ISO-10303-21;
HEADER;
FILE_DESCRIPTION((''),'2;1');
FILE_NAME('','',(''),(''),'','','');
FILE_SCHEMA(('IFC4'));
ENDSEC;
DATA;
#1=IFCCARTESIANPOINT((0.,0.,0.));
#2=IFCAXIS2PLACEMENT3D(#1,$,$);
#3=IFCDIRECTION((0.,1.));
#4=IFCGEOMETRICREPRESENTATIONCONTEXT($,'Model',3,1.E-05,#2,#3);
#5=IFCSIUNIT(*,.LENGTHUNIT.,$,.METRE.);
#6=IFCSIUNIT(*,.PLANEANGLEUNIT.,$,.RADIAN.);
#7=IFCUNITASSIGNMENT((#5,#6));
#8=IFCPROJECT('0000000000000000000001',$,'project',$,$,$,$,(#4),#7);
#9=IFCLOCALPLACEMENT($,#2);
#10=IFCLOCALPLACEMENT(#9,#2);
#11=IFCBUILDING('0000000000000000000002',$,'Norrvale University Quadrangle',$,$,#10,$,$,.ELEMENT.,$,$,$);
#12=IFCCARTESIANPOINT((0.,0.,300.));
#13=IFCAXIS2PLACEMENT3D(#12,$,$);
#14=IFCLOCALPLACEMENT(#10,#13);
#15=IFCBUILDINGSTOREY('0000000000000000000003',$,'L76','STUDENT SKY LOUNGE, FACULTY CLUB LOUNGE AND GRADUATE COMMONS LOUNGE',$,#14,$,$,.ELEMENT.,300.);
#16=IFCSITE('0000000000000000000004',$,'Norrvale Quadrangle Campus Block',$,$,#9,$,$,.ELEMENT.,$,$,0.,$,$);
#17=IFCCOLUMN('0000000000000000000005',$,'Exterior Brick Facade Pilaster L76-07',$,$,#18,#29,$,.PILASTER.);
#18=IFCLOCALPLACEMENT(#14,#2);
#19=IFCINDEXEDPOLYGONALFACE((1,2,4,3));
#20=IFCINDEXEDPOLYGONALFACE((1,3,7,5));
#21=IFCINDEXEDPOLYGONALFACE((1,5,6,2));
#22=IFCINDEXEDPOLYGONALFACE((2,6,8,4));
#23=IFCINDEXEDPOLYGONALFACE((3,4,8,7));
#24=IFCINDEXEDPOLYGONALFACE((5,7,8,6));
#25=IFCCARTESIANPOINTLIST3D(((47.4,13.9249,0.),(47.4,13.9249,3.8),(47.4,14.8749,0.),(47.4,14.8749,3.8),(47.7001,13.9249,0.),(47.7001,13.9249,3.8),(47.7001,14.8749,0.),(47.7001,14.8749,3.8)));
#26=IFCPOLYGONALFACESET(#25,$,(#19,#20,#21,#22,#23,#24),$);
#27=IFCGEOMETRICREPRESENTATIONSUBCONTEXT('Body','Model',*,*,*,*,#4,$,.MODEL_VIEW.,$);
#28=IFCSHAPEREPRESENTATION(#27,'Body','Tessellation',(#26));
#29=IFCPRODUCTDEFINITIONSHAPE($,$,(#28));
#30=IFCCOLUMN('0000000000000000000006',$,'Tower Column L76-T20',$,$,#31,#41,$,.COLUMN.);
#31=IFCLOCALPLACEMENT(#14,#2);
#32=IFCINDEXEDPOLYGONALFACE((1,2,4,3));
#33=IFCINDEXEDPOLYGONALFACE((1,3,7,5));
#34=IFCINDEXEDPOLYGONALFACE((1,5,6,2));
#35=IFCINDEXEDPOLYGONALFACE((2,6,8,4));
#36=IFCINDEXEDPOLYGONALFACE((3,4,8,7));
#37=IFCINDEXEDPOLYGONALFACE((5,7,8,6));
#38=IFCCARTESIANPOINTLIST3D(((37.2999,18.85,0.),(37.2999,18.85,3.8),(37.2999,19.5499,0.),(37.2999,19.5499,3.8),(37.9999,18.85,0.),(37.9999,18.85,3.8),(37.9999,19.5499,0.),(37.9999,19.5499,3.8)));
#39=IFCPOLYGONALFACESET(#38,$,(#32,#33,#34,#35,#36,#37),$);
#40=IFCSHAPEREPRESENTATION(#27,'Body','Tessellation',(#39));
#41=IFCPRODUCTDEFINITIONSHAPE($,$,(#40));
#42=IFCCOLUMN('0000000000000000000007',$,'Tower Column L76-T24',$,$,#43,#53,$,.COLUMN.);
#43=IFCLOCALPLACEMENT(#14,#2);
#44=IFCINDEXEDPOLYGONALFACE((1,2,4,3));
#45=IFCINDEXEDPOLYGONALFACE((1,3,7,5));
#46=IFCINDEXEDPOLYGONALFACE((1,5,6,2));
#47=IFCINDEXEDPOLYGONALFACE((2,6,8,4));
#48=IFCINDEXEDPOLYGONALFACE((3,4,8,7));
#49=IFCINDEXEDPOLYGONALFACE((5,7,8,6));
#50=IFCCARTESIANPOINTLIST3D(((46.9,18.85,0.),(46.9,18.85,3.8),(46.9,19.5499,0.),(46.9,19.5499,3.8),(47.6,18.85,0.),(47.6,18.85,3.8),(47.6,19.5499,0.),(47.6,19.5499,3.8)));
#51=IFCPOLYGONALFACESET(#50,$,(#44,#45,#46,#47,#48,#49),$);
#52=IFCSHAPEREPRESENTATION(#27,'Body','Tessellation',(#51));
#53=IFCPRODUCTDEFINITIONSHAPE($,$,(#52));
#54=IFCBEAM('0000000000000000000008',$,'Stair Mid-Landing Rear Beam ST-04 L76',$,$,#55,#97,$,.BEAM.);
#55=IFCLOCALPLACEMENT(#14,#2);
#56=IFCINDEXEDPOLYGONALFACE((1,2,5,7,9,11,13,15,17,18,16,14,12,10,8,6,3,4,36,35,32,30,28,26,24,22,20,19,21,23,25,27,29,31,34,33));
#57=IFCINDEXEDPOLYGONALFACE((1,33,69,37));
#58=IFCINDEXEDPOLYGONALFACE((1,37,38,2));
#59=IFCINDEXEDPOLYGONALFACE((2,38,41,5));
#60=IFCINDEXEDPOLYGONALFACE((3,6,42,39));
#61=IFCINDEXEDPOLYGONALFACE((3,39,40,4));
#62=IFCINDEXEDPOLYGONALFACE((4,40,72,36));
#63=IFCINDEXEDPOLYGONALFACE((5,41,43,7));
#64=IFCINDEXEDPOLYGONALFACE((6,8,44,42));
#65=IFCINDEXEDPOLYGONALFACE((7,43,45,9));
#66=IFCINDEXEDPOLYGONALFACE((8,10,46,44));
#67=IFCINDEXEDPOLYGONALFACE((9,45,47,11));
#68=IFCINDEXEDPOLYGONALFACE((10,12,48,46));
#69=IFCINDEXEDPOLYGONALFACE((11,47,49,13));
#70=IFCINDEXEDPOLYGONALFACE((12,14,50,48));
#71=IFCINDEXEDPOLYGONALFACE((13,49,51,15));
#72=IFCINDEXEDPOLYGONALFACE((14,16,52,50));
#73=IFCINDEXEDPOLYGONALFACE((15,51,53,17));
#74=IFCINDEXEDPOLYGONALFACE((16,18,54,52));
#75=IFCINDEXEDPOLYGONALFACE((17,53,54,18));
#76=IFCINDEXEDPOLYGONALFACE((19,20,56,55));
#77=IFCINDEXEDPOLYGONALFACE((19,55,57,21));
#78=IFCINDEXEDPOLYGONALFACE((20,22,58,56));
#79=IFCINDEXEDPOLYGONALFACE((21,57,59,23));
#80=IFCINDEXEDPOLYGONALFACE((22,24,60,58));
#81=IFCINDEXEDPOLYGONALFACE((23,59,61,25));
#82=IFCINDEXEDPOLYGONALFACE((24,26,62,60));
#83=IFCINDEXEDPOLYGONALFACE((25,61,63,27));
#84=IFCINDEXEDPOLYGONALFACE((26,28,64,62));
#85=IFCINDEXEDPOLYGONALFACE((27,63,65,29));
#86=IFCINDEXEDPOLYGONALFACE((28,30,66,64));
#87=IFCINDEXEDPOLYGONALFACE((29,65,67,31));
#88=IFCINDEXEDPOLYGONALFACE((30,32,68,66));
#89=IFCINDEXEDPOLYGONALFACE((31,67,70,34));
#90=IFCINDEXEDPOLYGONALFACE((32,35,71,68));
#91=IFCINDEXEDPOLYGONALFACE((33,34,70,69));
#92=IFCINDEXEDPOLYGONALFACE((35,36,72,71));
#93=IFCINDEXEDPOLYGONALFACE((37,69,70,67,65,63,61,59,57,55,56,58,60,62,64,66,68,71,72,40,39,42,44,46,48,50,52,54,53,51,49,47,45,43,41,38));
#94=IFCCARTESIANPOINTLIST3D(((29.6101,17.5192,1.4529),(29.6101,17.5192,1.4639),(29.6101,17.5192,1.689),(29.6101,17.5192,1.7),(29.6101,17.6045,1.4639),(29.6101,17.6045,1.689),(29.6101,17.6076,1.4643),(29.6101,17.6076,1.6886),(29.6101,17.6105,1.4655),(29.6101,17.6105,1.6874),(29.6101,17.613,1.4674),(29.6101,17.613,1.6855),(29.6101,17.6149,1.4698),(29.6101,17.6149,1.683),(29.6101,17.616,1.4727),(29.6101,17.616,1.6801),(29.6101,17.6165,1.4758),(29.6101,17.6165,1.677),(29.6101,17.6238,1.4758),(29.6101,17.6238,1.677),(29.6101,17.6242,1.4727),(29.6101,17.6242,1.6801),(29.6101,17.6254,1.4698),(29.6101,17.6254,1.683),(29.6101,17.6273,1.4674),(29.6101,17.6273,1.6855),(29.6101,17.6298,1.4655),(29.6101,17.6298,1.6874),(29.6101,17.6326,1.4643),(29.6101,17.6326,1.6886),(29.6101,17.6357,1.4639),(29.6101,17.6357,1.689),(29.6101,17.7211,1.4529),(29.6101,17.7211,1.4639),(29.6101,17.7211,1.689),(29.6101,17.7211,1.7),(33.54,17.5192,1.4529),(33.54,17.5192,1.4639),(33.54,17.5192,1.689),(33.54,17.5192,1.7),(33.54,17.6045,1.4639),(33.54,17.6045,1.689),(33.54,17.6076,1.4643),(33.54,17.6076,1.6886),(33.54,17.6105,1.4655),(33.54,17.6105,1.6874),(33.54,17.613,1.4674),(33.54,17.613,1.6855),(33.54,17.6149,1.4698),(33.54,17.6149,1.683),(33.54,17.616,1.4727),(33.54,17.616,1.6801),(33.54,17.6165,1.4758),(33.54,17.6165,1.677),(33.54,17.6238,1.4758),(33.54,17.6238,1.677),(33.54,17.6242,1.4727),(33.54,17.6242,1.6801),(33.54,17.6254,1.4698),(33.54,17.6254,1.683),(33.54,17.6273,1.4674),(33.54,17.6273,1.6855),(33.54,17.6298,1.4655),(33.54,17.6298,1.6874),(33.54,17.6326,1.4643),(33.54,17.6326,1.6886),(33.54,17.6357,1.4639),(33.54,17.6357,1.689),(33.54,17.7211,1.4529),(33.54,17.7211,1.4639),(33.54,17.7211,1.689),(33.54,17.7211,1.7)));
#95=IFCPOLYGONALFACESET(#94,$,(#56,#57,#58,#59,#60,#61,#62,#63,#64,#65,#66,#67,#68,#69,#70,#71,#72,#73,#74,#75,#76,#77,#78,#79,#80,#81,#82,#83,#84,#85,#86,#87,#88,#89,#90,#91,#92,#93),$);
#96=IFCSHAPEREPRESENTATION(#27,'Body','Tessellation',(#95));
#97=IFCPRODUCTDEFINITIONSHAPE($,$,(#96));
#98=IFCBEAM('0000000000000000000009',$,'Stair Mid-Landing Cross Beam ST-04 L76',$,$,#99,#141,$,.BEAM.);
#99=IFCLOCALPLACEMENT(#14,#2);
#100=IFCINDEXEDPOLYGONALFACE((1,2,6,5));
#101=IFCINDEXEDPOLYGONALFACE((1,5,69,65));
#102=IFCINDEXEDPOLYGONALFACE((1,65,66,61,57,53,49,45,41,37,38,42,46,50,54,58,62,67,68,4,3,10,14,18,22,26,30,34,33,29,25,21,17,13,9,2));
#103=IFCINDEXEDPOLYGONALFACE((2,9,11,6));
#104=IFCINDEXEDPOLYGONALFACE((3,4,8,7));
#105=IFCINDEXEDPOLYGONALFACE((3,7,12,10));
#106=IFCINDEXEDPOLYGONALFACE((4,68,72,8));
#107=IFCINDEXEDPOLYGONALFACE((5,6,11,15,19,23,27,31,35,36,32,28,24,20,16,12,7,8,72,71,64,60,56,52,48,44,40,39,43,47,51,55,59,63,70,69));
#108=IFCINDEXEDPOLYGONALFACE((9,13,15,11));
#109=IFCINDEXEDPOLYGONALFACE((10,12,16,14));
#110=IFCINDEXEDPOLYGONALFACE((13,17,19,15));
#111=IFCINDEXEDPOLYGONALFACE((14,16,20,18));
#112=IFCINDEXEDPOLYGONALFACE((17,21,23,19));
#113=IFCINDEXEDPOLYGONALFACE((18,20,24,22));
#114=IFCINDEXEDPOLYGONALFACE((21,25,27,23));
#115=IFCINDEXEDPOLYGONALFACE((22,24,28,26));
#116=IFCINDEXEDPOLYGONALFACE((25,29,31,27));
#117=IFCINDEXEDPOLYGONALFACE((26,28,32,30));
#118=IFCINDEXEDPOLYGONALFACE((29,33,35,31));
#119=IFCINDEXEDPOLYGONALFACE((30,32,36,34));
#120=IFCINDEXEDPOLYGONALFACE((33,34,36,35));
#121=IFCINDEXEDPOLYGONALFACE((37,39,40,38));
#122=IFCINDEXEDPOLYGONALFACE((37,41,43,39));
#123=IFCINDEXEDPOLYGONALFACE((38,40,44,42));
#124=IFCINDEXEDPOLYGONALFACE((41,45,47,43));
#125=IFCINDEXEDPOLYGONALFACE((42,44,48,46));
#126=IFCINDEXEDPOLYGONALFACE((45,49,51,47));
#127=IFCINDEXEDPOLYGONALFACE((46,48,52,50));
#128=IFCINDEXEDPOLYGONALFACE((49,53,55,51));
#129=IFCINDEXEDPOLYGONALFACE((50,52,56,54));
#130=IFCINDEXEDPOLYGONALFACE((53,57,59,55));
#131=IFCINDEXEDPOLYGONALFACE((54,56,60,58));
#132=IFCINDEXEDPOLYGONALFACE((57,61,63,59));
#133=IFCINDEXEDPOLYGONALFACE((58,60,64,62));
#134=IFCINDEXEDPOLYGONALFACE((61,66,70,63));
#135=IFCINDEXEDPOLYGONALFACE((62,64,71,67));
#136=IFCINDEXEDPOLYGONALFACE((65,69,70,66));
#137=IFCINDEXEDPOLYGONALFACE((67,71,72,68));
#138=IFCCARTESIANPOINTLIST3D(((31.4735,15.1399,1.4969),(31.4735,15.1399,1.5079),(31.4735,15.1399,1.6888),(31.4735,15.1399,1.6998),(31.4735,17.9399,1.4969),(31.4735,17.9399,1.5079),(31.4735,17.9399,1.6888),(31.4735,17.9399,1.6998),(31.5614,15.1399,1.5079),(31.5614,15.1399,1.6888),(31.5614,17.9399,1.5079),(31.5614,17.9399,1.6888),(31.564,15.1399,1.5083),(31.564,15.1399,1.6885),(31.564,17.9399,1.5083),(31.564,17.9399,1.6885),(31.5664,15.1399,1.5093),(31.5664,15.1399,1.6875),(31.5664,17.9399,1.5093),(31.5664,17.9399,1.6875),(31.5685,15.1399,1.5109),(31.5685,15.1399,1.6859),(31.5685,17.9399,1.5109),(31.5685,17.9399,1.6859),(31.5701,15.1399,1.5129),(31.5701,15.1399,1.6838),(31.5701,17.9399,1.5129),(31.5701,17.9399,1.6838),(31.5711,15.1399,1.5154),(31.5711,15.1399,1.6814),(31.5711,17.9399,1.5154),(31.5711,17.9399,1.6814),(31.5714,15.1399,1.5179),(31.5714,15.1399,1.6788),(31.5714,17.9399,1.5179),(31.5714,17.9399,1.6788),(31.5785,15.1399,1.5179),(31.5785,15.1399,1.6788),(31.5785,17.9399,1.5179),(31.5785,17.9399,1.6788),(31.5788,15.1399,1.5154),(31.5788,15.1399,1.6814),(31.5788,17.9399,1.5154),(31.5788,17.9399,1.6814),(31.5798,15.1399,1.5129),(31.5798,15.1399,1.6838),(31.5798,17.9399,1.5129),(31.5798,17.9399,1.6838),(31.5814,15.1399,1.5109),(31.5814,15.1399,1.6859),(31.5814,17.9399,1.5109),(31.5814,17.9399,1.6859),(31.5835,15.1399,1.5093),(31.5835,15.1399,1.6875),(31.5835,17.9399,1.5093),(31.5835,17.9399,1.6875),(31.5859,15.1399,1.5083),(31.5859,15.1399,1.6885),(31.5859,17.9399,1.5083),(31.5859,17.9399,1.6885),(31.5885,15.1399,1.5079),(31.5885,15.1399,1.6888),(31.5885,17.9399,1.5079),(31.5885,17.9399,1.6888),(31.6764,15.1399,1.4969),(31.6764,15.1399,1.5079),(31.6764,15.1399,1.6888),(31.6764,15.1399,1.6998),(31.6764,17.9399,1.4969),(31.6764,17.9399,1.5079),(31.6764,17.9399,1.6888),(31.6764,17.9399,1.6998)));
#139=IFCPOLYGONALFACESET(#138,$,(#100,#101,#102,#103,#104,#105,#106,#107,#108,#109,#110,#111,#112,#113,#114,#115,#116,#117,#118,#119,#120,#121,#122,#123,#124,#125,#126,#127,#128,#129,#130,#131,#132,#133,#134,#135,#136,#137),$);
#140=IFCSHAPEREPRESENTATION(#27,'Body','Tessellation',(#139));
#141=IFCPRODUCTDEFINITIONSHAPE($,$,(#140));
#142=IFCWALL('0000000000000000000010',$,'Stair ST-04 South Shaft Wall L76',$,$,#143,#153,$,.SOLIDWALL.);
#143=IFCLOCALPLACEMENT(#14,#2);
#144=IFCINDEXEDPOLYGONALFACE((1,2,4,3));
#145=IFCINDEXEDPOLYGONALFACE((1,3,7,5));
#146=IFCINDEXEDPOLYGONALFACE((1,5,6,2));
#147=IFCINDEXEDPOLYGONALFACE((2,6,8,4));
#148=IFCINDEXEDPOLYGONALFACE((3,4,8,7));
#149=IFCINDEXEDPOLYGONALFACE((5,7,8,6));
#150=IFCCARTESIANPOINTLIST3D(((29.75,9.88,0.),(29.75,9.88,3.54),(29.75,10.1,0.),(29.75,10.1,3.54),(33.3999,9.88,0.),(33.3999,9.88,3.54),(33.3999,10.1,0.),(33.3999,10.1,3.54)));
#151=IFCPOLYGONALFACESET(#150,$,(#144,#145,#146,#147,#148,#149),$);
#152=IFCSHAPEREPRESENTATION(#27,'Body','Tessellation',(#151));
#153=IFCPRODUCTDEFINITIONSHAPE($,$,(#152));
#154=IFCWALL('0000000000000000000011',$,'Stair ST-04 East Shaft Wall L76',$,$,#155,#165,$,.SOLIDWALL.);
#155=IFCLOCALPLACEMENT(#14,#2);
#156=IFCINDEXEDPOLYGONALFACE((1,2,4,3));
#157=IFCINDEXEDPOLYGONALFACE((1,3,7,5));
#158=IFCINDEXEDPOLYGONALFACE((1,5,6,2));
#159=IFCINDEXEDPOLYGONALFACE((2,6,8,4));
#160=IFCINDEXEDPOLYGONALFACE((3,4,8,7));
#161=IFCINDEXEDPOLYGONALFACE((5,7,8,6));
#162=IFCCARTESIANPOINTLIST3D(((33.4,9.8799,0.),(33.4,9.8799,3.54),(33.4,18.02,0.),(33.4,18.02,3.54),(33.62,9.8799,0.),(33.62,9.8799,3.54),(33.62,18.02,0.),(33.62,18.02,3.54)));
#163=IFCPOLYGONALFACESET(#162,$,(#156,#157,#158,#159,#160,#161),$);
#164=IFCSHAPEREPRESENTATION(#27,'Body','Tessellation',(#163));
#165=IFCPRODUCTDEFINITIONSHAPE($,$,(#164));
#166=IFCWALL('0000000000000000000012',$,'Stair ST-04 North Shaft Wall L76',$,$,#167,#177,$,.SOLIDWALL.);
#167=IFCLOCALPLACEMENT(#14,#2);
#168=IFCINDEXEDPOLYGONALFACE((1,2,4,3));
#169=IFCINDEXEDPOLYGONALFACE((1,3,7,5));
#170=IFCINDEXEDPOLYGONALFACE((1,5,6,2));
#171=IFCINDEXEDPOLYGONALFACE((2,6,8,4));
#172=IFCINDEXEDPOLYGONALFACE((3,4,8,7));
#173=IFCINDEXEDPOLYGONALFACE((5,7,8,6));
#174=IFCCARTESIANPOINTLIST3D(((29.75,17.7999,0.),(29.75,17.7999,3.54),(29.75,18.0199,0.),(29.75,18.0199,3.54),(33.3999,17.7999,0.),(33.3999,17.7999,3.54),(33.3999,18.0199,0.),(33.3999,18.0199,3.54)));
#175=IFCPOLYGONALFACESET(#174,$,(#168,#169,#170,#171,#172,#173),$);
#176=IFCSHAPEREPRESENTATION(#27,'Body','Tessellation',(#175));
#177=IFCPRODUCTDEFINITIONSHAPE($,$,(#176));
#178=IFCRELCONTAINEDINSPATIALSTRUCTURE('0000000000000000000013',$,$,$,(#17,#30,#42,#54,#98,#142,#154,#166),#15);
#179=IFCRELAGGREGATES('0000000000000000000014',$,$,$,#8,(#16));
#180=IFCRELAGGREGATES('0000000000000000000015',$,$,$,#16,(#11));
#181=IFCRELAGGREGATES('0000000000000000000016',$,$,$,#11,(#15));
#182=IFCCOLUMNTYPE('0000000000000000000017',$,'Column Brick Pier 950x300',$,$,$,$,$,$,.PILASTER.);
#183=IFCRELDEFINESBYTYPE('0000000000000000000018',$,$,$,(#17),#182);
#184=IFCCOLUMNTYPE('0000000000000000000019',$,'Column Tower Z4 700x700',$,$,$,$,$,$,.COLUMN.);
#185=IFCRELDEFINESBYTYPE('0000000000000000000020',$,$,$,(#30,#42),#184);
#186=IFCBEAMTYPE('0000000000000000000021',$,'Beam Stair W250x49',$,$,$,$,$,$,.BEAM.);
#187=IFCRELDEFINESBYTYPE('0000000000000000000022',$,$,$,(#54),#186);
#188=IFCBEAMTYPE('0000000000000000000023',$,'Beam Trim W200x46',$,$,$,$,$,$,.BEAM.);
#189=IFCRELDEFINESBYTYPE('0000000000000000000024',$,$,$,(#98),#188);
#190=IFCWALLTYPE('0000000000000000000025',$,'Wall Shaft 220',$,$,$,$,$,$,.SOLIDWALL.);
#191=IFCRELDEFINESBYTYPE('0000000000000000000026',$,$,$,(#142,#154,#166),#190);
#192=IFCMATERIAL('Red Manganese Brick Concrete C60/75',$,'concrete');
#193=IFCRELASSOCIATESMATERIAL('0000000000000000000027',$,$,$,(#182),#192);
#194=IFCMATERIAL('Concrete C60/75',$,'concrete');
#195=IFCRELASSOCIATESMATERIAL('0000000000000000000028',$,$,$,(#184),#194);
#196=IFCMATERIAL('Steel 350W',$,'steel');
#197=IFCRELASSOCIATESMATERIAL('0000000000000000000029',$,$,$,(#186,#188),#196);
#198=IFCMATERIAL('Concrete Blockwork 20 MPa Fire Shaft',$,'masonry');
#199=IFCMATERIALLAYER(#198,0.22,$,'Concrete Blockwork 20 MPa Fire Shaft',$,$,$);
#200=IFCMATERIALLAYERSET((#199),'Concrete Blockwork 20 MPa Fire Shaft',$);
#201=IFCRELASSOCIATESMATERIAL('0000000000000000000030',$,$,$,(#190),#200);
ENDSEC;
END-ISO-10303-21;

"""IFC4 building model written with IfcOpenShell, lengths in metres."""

from ifc_helpers import new_model, si_unit, direction, frame, frame_2d, origin, origin_2d, place, context, subcontext, project, spatial, rectangle, i_section, extrude, material, layer, layer_set, material_profile, profile_set, type_object, element, save


model = new_model("IFC4")

# Units and contexts
model_context = context("Model", 3, precision=1e-05, world=origin(), true_north=direction((0.0, 1.0)))
body_context = subcontext(model_context, "Body", "Model", "MODEL_VIEW")
ifc_project = project(units=[si_unit("LENGTHUNIT", "METRE"), si_unit("PLANEANGLEUNIT", "RADIAN")], contexts=[model_context])

# Site, building, storey
site_placement = place(None, origin())
site = spatial("IfcSite", under=ifc_project, at=site_placement, Name="Norrvale Quadrangle Campus Block", CompositionType="ELEMENT", RefElevation=0.0)
building_placement = place(site_placement, origin())
building = spatial("IfcBuilding", under=site, at=building_placement, Name="Norrvale University Quadrangle", CompositionType="ELEMENT")
storey_placement = place(building_placement, frame((0.0, 0.0, 300.0)))
storey = spatial("IfcBuildingStorey", under=building, at=storey_placement, Name="L76", Description="STUDENT SKY LOUNGE, FACULTY CLUB LOUNGE AND GRADUATE COMMONS LOUNGE", CompositionType="ELEMENT", Elevation=300.0)

# Columns
ifc_material_1 = material(Name="Red Manganese Brick Concrete C60/75", Category="concrete")
ifc_material_profile_1 = material_profile(ifc_material_1, rectangle(XDim=0.95, YDim=0.3, at=origin_2d()), Name="Red Manganese Brick Concrete C60/75")
ifc_profile_set_1 = profile_set([ifc_material_profile_1], Name="Red Manganese Brick Concrete C60/75")
column_type_1 = type_object("IfcColumnType", Name="Column Brick Pier 950x300", PredefinedType="PILASTER", material=ifc_profile_set_1)
column_placement = place(storey_placement, frame((47.55, 14.3999, 0.0), z_axis=(0.0, 0.0, 1.0), x_axis=(0.0, 1.0, 0.0)))
element("IfcColumn", 1, at=column_placement, inside=storey, type_object=column_type_1, Name="Exterior Brick Facade Pilaster L76-07", PredefinedType="PILASTER", context=body_context, shape_type="SweptSolid", body=[
    extrude(rectangle(XDim=0.95, YDim=0.3, at=origin_2d()), origin(), (0.0, 0.0, 1.0), 3.8),
])
ifc_material_2 = material(Name="Concrete C60/75", Category="concrete")
ifc_material_profile_2 = material_profile(ifc_material_2, rectangle(XDim=0.7, YDim=0.7, at=origin_2d()), Name="Concrete C60/75")
ifc_profile_set_2 = profile_set([ifc_material_profile_2], Name="Concrete C60/75")
column_type_2 = type_object("IfcColumnType", Name="Column Tower Z4 700x700", PredefinedType="COLUMN", material=ifc_profile_set_2)
for number, where, z_axis, x_axis, name in (
    (2, (37.6499, 19.2, 0.0), (0.0, 0.0, 1.0), (1.0, 0.0, 0.0), "Tower Column L76-T20"),
    (3, (47.25, 19.2, 0.0), (0.0, 0.0, 1.0), (1.0, 0.0, 0.0), "Tower Column L76-T24"),
):
    element("IfcColumn", number, at=place(storey_placement, frame(where, z_axis=z_axis, x_axis=x_axis)), inside=storey, type_object=column_type_2, Name=name, PredefinedType="COLUMN", context=body_context, shape_type="SweptSolid", body=[
        extrude(rectangle(XDim=0.7, YDim=0.7, at=origin_2d()), origin(), (0.0, 0.0, 1.0), 3.8),
    ])

# Beams
ifc_material_3 = material(Name="Steel 350W", Category="steel")
ifc_material_profile_3 = material_profile(ifc_material_3, i_section(OverallWidth=0.2019, OverallDepth=0.2471, WebThickness=0.0073, FlangeThickness=0.011, FilletRadius=0.012, at=origin_2d()), Name="Steel 350W")
ifc_profile_set_3 = profile_set([ifc_material_profile_3], Name="Steel 350W")
beam_type_1 = type_object("IfcBeamType", Name="Beam Stair W250x49", PredefinedType="BEAM", material=ifc_profile_set_3)
beam_1_placement = place(storey_placement, frame((29.6101, 17.6201, 1.5764), z_axis=(1.0, 0.0, 0.0), x_axis=(0.0, 1.0, 0.0)))
element("IfcBeam", 4, at=beam_1_placement, inside=storey, type_object=beam_type_1, Name="Stair Mid-Landing Rear Beam ST-04 L76", PredefinedType="BEAM", context=body_context, shape_type="SweptSolid", body=[
    extrude(i_section(OverallWidth=0.2019, OverallDepth=0.2471, WebThickness=0.0073, FlangeThickness=0.011, FilletRadius=0.012, at=origin_2d()), origin(), (0.0, 0.0, 1.0), 3.9299),
])
ifc_material_profile_4 = material_profile(ifc_material_3, i_section(OverallWidth=0.2029, OverallDepth=0.2029, WebThickness=0.0071, FlangeThickness=0.011, FilletRadius=0.01, at=origin_2d()), Name="Steel 350W")
ifc_profile_set_4 = profile_set([ifc_material_profile_4], Name="Steel 350W")
beam_type_2 = type_object("IfcBeamType", Name="Beam Trim W200x46", PredefinedType="BEAM", material=ifc_profile_set_4)
beam_2_placement = place(storey_placement, frame((31.575, 15.1399, 1.5984), z_axis=(0.0, 1.0, 0.0), x_axis=(-1.0, 0.0, 0.0)))
element("IfcBeam", 5, at=beam_2_placement, inside=storey, type_object=beam_type_2, Name="Stair Mid-Landing Cross Beam ST-04 L76", PredefinedType="BEAM", context=body_context, shape_type="SweptSolid", body=[
    extrude(i_section(OverallWidth=0.2029, OverallDepth=0.2029, WebThickness=0.0071, FlangeThickness=0.011, FilletRadius=0.01, at=origin_2d()), origin(), (0.0, 0.0, 1.0), 2.8),
])

# Walls
ifc_material_4 = material(Name="Concrete Blockwork 20 MPa Fire Shaft", Category="masonry")
ifc_layer = layer(ifc_material_4, 0.22, Name="Concrete Blockwork 20 MPa Fire Shaft")
ifc_layer_set = layer_set([ifc_layer], Name="Concrete Blockwork 20 MPa Fire Shaft")
wall_type = type_object("IfcWallType", Name="Wall Shaft 220", PredefinedType="SOLIDWALL", material=ifc_layer_set)
wall_1_placement = place(storey_placement, frame((29.75, 9.99, 0.0), z_axis=(0.0, 0.0, 1.0), x_axis=(1.0, 0.0, 0.0)))
element("IfcWall", 6, at=wall_1_placement, inside=storey, type_object=wall_type, Name="Stair ST-04 South Shaft Wall L76", PredefinedType="SOLIDWALL", context=body_context, shape_type="SweptSolid", body=[
    extrude(rectangle(XDim=3.6499, YDim=0.22, at=frame_2d((1.825, 0.0))), origin(), (0.0, 0.0, 1.0), 3.54),
])
wall_2_placement = place(storey_placement, frame((33.51, 9.8799, 0.0), z_axis=(0.0, 0.0, 1.0), x_axis=(0.0, 1.0, 0.0)))
element("IfcWall", 7, at=wall_2_placement, inside=storey, type_object=wall_type, Name="Stair ST-04 East Shaft Wall L76", PredefinedType="SOLIDWALL", context=body_context, shape_type="SweptSolid", body=[
    extrude(rectangle(XDim=8.1401, YDim=0.22, at=frame_2d((4.0701, 0.0))), origin(), (0.0, 0.0, 1.0), 3.54),
])
wall_3_placement = place(storey_placement, frame((29.75, 17.9099, 0.0), z_axis=(0.0, 0.0, 1.0), x_axis=(1.0, 0.0, 0.0)))
element("IfcWall", 8, at=wall_3_placement, inside=storey, type_object=wall_type, Name="Stair ST-04 North Shaft Wall L76", PredefinedType="SOLIDWALL", context=body_context, shape_type="SweptSolid", body=[
    extrude(rectangle(XDim=3.6499, YDim=0.22, at=frame_2d((1.825, 0.0))), origin(), (0.0, 0.0, 1.0), 3.54),
])

save(model, "model.ifc")
